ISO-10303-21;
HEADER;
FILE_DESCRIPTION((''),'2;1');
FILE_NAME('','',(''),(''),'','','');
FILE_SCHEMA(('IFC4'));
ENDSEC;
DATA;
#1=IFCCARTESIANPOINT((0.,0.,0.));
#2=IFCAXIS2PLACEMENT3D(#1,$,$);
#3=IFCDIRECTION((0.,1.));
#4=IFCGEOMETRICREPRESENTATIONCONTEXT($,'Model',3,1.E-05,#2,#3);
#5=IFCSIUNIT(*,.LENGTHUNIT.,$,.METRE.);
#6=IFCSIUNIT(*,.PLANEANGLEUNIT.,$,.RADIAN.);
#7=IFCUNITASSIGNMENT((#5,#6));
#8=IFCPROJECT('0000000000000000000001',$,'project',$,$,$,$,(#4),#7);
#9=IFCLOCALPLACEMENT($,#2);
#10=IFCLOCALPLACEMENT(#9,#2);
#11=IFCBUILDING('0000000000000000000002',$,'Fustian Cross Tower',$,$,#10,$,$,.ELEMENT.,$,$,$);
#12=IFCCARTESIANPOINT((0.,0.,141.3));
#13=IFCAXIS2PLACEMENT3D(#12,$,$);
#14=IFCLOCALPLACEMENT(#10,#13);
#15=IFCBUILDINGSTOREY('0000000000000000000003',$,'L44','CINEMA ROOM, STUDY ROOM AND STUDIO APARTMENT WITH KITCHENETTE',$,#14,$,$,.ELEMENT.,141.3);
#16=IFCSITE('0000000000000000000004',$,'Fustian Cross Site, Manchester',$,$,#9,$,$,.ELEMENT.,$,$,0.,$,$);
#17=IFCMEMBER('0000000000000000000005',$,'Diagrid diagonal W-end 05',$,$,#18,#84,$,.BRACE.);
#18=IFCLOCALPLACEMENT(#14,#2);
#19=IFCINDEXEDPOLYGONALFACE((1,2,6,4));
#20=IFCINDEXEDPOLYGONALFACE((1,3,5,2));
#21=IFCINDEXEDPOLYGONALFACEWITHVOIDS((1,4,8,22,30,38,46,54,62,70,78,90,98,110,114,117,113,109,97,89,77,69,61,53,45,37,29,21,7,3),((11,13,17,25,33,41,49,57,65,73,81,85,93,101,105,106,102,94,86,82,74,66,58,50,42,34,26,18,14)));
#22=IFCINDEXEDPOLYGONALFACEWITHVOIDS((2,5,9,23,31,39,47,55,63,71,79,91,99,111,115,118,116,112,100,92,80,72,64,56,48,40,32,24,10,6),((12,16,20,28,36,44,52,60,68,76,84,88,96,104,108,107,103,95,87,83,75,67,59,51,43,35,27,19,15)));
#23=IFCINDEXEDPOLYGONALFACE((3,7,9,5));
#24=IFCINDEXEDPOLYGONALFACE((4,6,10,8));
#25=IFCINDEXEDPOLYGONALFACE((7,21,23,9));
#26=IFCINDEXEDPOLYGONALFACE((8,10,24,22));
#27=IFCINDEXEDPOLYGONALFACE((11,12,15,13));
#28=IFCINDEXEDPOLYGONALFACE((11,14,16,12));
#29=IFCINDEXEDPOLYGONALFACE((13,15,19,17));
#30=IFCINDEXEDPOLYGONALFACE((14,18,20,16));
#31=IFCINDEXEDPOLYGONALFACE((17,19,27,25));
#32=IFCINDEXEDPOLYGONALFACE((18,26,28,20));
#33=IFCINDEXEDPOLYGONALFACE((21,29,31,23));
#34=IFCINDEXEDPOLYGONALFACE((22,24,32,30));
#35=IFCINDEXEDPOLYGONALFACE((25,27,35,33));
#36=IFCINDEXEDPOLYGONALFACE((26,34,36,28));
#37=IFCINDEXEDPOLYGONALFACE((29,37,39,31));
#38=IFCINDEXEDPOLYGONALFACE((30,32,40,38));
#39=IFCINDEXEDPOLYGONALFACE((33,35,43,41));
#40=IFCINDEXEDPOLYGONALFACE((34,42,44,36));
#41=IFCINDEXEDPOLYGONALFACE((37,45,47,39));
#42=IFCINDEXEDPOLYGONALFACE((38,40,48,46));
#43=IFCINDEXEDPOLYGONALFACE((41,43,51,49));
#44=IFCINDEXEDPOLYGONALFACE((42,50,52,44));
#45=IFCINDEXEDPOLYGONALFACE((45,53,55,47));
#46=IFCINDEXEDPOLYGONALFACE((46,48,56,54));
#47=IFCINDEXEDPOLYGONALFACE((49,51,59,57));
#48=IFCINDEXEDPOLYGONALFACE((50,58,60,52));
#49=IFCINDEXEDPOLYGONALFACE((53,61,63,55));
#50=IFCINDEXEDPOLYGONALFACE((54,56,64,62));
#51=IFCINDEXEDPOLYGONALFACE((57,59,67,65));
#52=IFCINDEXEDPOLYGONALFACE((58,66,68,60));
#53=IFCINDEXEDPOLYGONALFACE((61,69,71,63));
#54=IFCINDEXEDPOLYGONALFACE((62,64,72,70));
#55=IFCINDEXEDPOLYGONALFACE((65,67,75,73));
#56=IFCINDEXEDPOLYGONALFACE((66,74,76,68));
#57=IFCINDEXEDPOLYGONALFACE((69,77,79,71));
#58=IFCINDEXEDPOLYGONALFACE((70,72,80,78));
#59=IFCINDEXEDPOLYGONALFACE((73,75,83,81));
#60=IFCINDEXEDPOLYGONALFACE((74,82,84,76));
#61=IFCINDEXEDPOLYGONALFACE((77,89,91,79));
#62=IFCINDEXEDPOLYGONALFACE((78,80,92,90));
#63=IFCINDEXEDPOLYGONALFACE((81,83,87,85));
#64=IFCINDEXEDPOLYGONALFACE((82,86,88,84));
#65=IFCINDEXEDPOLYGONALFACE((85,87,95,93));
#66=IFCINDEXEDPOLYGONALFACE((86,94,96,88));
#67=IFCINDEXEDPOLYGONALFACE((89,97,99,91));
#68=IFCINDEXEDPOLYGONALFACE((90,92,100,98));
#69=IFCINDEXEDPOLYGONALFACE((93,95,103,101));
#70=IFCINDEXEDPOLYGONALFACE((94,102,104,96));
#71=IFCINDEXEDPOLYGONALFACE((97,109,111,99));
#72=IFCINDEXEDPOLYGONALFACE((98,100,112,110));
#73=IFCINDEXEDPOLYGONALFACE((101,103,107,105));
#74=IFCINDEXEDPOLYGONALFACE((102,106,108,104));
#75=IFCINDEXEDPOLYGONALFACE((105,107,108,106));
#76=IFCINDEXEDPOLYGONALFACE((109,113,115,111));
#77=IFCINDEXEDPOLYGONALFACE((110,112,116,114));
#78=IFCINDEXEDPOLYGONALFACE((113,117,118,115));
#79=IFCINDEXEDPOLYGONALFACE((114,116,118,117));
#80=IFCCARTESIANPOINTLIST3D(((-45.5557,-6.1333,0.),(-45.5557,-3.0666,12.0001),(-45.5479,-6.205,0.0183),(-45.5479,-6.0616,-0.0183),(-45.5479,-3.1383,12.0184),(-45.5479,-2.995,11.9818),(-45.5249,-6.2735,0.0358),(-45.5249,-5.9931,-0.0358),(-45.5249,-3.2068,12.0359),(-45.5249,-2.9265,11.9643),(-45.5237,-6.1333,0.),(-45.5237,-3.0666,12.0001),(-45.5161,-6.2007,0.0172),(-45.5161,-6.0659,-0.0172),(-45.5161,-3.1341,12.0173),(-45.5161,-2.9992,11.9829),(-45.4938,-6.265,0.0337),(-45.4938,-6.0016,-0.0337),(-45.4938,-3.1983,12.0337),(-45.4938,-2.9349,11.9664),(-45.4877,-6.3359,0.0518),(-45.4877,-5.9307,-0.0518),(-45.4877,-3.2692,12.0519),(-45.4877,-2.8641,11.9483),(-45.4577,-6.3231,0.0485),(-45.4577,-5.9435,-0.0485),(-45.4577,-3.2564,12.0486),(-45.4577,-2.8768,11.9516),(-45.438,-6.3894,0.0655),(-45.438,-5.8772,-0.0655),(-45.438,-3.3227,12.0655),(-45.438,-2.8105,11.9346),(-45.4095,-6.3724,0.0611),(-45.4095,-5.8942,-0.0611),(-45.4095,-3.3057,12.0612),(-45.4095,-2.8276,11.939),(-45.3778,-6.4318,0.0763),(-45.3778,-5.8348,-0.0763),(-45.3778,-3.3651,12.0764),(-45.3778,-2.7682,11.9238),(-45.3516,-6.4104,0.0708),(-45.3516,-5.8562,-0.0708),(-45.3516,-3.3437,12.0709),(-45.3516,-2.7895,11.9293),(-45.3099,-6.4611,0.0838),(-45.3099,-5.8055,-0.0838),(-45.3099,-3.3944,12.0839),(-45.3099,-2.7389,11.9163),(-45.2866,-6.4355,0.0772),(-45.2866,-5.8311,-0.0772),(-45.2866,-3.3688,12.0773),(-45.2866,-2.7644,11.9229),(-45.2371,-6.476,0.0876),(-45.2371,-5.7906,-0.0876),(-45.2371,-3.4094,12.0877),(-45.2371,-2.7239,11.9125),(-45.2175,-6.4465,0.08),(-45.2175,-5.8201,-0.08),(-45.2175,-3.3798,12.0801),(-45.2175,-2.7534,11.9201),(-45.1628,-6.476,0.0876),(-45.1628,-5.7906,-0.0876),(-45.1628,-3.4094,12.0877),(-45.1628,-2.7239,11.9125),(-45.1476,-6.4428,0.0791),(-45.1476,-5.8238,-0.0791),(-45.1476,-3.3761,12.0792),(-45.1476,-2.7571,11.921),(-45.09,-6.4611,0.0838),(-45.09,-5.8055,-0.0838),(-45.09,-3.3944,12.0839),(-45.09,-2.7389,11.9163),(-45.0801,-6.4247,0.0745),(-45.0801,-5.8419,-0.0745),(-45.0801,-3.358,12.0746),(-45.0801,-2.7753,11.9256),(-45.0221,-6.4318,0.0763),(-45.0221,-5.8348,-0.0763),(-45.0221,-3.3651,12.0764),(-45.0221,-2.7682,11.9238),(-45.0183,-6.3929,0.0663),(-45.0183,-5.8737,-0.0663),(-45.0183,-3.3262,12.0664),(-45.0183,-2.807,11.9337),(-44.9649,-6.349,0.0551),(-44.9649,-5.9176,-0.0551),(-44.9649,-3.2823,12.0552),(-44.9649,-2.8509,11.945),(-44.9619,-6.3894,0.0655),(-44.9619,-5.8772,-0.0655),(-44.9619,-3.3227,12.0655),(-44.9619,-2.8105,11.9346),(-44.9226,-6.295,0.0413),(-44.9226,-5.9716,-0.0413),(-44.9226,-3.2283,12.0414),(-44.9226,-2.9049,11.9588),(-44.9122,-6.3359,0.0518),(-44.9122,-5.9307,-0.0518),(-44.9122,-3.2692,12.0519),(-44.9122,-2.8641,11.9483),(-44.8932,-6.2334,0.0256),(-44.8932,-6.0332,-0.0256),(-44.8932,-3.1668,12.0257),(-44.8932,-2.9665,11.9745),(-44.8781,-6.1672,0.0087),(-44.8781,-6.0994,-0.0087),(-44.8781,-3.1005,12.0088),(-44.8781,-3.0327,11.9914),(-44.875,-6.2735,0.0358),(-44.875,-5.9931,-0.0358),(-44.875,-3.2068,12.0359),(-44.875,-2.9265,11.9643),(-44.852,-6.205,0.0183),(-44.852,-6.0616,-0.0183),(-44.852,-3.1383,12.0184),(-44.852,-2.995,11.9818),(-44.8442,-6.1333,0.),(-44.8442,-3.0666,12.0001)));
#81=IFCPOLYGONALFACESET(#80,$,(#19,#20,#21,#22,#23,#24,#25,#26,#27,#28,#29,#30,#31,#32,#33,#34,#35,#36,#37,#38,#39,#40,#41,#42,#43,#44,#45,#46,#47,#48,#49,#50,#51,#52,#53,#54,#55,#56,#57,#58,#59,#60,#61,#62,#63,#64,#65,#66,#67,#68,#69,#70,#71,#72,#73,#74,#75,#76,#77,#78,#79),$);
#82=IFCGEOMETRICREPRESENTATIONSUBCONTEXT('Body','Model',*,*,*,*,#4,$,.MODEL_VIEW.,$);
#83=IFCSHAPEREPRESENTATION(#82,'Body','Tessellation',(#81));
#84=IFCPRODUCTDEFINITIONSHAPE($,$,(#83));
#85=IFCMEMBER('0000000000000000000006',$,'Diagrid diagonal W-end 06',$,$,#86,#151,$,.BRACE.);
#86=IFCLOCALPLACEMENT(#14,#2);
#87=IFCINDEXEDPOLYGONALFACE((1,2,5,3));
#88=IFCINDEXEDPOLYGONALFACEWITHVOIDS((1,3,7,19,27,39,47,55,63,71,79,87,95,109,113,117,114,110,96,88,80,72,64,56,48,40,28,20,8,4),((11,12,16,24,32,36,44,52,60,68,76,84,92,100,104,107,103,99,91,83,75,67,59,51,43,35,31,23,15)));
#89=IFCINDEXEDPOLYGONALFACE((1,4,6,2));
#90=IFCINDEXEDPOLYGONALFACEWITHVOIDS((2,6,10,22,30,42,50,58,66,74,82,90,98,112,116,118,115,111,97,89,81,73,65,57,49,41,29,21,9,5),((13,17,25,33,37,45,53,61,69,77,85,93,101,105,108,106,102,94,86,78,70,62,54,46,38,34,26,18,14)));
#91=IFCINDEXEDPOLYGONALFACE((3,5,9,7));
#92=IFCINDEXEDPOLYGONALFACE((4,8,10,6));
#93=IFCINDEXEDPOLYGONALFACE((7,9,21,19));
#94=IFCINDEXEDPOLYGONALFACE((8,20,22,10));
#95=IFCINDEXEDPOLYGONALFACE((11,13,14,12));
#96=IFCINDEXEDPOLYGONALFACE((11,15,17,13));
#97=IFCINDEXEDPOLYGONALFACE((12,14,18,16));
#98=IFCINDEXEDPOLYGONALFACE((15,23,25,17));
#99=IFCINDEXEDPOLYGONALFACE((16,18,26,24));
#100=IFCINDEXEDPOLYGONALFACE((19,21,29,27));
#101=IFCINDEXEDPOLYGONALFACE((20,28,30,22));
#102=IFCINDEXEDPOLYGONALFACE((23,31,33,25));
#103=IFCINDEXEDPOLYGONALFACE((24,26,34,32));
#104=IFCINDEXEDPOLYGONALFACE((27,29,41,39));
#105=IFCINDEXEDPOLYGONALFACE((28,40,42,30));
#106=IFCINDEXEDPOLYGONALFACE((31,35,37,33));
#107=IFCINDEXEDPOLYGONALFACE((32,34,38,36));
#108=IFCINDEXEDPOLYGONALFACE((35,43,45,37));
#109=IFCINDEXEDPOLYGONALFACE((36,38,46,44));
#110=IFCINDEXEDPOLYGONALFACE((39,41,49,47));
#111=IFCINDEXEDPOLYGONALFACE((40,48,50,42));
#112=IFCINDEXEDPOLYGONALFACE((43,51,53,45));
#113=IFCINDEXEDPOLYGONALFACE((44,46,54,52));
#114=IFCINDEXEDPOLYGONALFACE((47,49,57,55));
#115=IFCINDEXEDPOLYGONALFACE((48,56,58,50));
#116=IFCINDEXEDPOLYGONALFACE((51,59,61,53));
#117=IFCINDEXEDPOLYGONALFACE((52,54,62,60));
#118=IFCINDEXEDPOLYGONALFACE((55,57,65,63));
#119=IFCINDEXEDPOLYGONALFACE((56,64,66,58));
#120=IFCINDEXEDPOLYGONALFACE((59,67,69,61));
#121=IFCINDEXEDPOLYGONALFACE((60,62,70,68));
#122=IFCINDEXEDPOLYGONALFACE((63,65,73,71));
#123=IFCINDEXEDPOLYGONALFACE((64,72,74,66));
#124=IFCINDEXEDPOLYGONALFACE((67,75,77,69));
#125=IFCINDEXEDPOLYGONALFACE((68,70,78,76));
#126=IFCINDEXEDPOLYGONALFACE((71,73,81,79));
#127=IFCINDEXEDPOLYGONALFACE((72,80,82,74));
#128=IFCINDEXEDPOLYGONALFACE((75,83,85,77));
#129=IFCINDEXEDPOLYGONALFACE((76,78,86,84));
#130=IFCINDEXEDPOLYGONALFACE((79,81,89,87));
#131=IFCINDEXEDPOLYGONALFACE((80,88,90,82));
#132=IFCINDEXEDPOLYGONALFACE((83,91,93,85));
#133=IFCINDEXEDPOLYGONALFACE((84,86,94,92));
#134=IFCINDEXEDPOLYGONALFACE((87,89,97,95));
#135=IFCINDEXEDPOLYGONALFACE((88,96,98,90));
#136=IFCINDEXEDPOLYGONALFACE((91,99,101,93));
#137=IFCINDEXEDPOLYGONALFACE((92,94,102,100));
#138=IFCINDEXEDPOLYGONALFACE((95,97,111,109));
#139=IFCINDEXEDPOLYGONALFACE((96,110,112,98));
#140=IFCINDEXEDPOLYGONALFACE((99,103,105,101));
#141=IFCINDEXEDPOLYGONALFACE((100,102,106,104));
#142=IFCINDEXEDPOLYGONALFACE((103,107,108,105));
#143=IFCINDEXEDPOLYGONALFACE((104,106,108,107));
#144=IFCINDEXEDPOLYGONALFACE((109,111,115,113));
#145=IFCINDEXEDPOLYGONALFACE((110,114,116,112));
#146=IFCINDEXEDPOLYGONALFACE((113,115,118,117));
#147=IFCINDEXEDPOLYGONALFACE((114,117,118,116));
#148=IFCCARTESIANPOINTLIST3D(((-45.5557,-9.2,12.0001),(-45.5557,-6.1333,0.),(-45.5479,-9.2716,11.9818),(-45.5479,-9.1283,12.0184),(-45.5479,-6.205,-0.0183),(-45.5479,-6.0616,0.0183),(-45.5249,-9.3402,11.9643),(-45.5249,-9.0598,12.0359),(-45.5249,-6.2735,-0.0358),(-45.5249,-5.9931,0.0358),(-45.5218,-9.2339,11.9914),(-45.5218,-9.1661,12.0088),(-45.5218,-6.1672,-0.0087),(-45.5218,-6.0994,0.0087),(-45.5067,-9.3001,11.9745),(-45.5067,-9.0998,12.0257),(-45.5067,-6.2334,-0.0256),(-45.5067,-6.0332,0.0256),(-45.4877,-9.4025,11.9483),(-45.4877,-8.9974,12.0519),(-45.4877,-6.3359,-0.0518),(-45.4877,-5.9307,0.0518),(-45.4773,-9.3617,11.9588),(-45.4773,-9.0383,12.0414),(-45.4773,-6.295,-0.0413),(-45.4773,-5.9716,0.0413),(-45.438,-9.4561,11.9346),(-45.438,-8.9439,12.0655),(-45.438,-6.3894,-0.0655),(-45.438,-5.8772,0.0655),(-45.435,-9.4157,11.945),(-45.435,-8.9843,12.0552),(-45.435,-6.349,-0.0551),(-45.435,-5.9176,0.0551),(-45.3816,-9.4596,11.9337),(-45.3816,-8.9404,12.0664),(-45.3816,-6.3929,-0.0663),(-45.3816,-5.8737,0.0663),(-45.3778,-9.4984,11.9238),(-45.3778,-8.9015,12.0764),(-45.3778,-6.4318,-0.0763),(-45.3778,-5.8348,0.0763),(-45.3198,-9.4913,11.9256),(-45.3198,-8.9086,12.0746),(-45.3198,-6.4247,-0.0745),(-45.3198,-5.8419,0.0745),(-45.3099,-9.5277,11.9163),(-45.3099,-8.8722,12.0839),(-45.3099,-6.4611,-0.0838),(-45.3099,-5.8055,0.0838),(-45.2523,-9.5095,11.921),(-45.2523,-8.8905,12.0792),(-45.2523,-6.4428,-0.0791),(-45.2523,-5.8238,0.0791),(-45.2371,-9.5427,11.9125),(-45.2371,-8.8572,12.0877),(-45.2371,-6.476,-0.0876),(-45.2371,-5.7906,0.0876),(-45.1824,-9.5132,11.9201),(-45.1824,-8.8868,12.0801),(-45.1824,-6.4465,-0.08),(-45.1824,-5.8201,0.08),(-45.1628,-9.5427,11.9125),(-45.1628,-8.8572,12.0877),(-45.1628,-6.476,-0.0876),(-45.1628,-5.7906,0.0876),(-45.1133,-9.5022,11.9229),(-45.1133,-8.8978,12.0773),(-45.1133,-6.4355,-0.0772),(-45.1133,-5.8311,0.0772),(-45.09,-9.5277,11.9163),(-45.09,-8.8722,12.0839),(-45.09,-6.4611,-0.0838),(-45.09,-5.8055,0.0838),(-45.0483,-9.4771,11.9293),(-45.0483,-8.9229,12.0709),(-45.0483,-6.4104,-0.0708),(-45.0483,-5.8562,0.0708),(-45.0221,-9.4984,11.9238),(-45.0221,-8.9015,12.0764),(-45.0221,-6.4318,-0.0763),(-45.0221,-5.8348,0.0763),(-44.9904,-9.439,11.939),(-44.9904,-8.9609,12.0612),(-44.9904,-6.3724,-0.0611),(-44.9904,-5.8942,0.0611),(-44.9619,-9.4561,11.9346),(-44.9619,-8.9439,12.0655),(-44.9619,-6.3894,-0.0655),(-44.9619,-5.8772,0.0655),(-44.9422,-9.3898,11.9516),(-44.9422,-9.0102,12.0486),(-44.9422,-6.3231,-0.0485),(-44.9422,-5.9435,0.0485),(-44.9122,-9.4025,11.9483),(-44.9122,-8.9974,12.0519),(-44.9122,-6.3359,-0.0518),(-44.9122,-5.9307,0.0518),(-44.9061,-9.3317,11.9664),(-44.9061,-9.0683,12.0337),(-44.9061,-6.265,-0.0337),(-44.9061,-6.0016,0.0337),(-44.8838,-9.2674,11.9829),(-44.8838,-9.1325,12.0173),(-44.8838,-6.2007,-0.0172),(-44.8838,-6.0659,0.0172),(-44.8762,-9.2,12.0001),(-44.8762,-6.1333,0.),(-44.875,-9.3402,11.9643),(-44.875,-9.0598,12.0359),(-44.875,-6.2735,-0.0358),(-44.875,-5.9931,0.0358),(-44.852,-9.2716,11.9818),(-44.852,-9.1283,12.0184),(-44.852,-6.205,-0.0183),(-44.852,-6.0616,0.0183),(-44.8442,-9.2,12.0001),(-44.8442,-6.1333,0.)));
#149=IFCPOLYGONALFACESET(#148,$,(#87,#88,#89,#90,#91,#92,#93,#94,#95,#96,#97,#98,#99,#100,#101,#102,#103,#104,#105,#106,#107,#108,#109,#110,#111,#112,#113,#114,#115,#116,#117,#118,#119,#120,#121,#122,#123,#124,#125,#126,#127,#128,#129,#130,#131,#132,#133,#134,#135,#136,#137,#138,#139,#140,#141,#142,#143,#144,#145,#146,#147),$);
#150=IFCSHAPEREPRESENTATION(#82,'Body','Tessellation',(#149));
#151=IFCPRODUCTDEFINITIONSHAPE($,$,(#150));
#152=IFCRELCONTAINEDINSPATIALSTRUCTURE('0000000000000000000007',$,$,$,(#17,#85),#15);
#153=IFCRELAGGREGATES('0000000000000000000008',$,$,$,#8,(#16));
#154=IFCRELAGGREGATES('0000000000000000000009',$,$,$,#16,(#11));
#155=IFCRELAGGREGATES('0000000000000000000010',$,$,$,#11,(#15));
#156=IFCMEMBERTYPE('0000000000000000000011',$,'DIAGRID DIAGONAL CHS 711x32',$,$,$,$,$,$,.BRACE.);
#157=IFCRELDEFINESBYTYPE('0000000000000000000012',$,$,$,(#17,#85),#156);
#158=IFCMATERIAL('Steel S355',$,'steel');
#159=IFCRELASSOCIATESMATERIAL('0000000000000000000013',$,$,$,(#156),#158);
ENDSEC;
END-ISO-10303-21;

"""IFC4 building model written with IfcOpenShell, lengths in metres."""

from ifc_helpers import new_model, si_unit, direction, frame, origin, origin_2d, place, context, subcontext, project, spatial, hollow_circle, extrude, material, material_profile, profile_set, type_object, element, save


model = new_model("IFC4")

# Units and contexts
model_context = context("Model", 3, precision=1e-05, world=origin(), true_north=direction((0.0, 1.0)))
body_context = subcontext(model_context, "Body", "Model", "MODEL_VIEW")
ifc_project = project(units=[si_unit("LENGTHUNIT", "METRE"), si_unit("PLANEANGLEUNIT", "RADIAN")], contexts=[model_context])

# Site, building, storey
site_placement = place(None, origin())
site = spatial("IfcSite", under=ifc_project, at=site_placement, Name="Fustian Cross Site, Manchester", CompositionType="ELEMENT", RefElevation=0.0)
building_placement = place(site_placement, origin())
building = spatial("IfcBuilding", under=site, at=building_placement, Name="Fustian Cross Tower", CompositionType="ELEMENT")
storey_placement = place(building_placement, frame((0.0, 0.0, 141.3)))
storey = spatial("IfcBuildingStorey", under=building, at=storey_placement, Name="L44", Description="CINEMA ROOM, STUDY ROOM AND STUDIO APARTMENT WITH KITCHENETTE", CompositionType="ELEMENT", Elevation=141.3)

# Members
ifc_material_1 = material(Name="Steel S355", Category="steel")
ifc_material_profile_1 = material_profile(ifc_material_1, hollow_circle(Radius=0.3557, WallThickness=0.032, at=origin_2d()), Name="CHS 711x32")
ifc_profile_set_1 = profile_set([ifc_material_profile_1], Name="Steel S355")
member_type_1 = type_object("IfcMemberType", Name="DIAGRID DIAGONAL CHS 711x32", PredefinedType="BRACE", material=ifc_profile_set_1)
for number, where, z_axis, x_axis, name in (
    (1, (-45.2, -6.1333, 0.0), (0.0, 0.247597, 0.968863), (-1.0, 0.0, 0.0), "Diagrid diagonal W-end 05"),
    (2, (-45.2, -6.1333, 0.0), (0.0, -0.247597, 0.968863), (1.0, 0.0, 0.0), "Diagrid diagonal W-end 06"),
):
    element("IfcMember", number, at=place(storey_placement, frame(where, z_axis=z_axis, x_axis=x_axis)), inside=storey, type_object=member_type_1, Name=name, PredefinedType="BRACE", context=body_context, shape_type="SweptSolid", body=[
        extrude(hollow_circle(Radius=0.3557, WallThickness=0.032, at=origin_2d()), origin(), (0.0, 0.0, 1.0), 12.3857),
    ])

save(model, "model.ifc")
